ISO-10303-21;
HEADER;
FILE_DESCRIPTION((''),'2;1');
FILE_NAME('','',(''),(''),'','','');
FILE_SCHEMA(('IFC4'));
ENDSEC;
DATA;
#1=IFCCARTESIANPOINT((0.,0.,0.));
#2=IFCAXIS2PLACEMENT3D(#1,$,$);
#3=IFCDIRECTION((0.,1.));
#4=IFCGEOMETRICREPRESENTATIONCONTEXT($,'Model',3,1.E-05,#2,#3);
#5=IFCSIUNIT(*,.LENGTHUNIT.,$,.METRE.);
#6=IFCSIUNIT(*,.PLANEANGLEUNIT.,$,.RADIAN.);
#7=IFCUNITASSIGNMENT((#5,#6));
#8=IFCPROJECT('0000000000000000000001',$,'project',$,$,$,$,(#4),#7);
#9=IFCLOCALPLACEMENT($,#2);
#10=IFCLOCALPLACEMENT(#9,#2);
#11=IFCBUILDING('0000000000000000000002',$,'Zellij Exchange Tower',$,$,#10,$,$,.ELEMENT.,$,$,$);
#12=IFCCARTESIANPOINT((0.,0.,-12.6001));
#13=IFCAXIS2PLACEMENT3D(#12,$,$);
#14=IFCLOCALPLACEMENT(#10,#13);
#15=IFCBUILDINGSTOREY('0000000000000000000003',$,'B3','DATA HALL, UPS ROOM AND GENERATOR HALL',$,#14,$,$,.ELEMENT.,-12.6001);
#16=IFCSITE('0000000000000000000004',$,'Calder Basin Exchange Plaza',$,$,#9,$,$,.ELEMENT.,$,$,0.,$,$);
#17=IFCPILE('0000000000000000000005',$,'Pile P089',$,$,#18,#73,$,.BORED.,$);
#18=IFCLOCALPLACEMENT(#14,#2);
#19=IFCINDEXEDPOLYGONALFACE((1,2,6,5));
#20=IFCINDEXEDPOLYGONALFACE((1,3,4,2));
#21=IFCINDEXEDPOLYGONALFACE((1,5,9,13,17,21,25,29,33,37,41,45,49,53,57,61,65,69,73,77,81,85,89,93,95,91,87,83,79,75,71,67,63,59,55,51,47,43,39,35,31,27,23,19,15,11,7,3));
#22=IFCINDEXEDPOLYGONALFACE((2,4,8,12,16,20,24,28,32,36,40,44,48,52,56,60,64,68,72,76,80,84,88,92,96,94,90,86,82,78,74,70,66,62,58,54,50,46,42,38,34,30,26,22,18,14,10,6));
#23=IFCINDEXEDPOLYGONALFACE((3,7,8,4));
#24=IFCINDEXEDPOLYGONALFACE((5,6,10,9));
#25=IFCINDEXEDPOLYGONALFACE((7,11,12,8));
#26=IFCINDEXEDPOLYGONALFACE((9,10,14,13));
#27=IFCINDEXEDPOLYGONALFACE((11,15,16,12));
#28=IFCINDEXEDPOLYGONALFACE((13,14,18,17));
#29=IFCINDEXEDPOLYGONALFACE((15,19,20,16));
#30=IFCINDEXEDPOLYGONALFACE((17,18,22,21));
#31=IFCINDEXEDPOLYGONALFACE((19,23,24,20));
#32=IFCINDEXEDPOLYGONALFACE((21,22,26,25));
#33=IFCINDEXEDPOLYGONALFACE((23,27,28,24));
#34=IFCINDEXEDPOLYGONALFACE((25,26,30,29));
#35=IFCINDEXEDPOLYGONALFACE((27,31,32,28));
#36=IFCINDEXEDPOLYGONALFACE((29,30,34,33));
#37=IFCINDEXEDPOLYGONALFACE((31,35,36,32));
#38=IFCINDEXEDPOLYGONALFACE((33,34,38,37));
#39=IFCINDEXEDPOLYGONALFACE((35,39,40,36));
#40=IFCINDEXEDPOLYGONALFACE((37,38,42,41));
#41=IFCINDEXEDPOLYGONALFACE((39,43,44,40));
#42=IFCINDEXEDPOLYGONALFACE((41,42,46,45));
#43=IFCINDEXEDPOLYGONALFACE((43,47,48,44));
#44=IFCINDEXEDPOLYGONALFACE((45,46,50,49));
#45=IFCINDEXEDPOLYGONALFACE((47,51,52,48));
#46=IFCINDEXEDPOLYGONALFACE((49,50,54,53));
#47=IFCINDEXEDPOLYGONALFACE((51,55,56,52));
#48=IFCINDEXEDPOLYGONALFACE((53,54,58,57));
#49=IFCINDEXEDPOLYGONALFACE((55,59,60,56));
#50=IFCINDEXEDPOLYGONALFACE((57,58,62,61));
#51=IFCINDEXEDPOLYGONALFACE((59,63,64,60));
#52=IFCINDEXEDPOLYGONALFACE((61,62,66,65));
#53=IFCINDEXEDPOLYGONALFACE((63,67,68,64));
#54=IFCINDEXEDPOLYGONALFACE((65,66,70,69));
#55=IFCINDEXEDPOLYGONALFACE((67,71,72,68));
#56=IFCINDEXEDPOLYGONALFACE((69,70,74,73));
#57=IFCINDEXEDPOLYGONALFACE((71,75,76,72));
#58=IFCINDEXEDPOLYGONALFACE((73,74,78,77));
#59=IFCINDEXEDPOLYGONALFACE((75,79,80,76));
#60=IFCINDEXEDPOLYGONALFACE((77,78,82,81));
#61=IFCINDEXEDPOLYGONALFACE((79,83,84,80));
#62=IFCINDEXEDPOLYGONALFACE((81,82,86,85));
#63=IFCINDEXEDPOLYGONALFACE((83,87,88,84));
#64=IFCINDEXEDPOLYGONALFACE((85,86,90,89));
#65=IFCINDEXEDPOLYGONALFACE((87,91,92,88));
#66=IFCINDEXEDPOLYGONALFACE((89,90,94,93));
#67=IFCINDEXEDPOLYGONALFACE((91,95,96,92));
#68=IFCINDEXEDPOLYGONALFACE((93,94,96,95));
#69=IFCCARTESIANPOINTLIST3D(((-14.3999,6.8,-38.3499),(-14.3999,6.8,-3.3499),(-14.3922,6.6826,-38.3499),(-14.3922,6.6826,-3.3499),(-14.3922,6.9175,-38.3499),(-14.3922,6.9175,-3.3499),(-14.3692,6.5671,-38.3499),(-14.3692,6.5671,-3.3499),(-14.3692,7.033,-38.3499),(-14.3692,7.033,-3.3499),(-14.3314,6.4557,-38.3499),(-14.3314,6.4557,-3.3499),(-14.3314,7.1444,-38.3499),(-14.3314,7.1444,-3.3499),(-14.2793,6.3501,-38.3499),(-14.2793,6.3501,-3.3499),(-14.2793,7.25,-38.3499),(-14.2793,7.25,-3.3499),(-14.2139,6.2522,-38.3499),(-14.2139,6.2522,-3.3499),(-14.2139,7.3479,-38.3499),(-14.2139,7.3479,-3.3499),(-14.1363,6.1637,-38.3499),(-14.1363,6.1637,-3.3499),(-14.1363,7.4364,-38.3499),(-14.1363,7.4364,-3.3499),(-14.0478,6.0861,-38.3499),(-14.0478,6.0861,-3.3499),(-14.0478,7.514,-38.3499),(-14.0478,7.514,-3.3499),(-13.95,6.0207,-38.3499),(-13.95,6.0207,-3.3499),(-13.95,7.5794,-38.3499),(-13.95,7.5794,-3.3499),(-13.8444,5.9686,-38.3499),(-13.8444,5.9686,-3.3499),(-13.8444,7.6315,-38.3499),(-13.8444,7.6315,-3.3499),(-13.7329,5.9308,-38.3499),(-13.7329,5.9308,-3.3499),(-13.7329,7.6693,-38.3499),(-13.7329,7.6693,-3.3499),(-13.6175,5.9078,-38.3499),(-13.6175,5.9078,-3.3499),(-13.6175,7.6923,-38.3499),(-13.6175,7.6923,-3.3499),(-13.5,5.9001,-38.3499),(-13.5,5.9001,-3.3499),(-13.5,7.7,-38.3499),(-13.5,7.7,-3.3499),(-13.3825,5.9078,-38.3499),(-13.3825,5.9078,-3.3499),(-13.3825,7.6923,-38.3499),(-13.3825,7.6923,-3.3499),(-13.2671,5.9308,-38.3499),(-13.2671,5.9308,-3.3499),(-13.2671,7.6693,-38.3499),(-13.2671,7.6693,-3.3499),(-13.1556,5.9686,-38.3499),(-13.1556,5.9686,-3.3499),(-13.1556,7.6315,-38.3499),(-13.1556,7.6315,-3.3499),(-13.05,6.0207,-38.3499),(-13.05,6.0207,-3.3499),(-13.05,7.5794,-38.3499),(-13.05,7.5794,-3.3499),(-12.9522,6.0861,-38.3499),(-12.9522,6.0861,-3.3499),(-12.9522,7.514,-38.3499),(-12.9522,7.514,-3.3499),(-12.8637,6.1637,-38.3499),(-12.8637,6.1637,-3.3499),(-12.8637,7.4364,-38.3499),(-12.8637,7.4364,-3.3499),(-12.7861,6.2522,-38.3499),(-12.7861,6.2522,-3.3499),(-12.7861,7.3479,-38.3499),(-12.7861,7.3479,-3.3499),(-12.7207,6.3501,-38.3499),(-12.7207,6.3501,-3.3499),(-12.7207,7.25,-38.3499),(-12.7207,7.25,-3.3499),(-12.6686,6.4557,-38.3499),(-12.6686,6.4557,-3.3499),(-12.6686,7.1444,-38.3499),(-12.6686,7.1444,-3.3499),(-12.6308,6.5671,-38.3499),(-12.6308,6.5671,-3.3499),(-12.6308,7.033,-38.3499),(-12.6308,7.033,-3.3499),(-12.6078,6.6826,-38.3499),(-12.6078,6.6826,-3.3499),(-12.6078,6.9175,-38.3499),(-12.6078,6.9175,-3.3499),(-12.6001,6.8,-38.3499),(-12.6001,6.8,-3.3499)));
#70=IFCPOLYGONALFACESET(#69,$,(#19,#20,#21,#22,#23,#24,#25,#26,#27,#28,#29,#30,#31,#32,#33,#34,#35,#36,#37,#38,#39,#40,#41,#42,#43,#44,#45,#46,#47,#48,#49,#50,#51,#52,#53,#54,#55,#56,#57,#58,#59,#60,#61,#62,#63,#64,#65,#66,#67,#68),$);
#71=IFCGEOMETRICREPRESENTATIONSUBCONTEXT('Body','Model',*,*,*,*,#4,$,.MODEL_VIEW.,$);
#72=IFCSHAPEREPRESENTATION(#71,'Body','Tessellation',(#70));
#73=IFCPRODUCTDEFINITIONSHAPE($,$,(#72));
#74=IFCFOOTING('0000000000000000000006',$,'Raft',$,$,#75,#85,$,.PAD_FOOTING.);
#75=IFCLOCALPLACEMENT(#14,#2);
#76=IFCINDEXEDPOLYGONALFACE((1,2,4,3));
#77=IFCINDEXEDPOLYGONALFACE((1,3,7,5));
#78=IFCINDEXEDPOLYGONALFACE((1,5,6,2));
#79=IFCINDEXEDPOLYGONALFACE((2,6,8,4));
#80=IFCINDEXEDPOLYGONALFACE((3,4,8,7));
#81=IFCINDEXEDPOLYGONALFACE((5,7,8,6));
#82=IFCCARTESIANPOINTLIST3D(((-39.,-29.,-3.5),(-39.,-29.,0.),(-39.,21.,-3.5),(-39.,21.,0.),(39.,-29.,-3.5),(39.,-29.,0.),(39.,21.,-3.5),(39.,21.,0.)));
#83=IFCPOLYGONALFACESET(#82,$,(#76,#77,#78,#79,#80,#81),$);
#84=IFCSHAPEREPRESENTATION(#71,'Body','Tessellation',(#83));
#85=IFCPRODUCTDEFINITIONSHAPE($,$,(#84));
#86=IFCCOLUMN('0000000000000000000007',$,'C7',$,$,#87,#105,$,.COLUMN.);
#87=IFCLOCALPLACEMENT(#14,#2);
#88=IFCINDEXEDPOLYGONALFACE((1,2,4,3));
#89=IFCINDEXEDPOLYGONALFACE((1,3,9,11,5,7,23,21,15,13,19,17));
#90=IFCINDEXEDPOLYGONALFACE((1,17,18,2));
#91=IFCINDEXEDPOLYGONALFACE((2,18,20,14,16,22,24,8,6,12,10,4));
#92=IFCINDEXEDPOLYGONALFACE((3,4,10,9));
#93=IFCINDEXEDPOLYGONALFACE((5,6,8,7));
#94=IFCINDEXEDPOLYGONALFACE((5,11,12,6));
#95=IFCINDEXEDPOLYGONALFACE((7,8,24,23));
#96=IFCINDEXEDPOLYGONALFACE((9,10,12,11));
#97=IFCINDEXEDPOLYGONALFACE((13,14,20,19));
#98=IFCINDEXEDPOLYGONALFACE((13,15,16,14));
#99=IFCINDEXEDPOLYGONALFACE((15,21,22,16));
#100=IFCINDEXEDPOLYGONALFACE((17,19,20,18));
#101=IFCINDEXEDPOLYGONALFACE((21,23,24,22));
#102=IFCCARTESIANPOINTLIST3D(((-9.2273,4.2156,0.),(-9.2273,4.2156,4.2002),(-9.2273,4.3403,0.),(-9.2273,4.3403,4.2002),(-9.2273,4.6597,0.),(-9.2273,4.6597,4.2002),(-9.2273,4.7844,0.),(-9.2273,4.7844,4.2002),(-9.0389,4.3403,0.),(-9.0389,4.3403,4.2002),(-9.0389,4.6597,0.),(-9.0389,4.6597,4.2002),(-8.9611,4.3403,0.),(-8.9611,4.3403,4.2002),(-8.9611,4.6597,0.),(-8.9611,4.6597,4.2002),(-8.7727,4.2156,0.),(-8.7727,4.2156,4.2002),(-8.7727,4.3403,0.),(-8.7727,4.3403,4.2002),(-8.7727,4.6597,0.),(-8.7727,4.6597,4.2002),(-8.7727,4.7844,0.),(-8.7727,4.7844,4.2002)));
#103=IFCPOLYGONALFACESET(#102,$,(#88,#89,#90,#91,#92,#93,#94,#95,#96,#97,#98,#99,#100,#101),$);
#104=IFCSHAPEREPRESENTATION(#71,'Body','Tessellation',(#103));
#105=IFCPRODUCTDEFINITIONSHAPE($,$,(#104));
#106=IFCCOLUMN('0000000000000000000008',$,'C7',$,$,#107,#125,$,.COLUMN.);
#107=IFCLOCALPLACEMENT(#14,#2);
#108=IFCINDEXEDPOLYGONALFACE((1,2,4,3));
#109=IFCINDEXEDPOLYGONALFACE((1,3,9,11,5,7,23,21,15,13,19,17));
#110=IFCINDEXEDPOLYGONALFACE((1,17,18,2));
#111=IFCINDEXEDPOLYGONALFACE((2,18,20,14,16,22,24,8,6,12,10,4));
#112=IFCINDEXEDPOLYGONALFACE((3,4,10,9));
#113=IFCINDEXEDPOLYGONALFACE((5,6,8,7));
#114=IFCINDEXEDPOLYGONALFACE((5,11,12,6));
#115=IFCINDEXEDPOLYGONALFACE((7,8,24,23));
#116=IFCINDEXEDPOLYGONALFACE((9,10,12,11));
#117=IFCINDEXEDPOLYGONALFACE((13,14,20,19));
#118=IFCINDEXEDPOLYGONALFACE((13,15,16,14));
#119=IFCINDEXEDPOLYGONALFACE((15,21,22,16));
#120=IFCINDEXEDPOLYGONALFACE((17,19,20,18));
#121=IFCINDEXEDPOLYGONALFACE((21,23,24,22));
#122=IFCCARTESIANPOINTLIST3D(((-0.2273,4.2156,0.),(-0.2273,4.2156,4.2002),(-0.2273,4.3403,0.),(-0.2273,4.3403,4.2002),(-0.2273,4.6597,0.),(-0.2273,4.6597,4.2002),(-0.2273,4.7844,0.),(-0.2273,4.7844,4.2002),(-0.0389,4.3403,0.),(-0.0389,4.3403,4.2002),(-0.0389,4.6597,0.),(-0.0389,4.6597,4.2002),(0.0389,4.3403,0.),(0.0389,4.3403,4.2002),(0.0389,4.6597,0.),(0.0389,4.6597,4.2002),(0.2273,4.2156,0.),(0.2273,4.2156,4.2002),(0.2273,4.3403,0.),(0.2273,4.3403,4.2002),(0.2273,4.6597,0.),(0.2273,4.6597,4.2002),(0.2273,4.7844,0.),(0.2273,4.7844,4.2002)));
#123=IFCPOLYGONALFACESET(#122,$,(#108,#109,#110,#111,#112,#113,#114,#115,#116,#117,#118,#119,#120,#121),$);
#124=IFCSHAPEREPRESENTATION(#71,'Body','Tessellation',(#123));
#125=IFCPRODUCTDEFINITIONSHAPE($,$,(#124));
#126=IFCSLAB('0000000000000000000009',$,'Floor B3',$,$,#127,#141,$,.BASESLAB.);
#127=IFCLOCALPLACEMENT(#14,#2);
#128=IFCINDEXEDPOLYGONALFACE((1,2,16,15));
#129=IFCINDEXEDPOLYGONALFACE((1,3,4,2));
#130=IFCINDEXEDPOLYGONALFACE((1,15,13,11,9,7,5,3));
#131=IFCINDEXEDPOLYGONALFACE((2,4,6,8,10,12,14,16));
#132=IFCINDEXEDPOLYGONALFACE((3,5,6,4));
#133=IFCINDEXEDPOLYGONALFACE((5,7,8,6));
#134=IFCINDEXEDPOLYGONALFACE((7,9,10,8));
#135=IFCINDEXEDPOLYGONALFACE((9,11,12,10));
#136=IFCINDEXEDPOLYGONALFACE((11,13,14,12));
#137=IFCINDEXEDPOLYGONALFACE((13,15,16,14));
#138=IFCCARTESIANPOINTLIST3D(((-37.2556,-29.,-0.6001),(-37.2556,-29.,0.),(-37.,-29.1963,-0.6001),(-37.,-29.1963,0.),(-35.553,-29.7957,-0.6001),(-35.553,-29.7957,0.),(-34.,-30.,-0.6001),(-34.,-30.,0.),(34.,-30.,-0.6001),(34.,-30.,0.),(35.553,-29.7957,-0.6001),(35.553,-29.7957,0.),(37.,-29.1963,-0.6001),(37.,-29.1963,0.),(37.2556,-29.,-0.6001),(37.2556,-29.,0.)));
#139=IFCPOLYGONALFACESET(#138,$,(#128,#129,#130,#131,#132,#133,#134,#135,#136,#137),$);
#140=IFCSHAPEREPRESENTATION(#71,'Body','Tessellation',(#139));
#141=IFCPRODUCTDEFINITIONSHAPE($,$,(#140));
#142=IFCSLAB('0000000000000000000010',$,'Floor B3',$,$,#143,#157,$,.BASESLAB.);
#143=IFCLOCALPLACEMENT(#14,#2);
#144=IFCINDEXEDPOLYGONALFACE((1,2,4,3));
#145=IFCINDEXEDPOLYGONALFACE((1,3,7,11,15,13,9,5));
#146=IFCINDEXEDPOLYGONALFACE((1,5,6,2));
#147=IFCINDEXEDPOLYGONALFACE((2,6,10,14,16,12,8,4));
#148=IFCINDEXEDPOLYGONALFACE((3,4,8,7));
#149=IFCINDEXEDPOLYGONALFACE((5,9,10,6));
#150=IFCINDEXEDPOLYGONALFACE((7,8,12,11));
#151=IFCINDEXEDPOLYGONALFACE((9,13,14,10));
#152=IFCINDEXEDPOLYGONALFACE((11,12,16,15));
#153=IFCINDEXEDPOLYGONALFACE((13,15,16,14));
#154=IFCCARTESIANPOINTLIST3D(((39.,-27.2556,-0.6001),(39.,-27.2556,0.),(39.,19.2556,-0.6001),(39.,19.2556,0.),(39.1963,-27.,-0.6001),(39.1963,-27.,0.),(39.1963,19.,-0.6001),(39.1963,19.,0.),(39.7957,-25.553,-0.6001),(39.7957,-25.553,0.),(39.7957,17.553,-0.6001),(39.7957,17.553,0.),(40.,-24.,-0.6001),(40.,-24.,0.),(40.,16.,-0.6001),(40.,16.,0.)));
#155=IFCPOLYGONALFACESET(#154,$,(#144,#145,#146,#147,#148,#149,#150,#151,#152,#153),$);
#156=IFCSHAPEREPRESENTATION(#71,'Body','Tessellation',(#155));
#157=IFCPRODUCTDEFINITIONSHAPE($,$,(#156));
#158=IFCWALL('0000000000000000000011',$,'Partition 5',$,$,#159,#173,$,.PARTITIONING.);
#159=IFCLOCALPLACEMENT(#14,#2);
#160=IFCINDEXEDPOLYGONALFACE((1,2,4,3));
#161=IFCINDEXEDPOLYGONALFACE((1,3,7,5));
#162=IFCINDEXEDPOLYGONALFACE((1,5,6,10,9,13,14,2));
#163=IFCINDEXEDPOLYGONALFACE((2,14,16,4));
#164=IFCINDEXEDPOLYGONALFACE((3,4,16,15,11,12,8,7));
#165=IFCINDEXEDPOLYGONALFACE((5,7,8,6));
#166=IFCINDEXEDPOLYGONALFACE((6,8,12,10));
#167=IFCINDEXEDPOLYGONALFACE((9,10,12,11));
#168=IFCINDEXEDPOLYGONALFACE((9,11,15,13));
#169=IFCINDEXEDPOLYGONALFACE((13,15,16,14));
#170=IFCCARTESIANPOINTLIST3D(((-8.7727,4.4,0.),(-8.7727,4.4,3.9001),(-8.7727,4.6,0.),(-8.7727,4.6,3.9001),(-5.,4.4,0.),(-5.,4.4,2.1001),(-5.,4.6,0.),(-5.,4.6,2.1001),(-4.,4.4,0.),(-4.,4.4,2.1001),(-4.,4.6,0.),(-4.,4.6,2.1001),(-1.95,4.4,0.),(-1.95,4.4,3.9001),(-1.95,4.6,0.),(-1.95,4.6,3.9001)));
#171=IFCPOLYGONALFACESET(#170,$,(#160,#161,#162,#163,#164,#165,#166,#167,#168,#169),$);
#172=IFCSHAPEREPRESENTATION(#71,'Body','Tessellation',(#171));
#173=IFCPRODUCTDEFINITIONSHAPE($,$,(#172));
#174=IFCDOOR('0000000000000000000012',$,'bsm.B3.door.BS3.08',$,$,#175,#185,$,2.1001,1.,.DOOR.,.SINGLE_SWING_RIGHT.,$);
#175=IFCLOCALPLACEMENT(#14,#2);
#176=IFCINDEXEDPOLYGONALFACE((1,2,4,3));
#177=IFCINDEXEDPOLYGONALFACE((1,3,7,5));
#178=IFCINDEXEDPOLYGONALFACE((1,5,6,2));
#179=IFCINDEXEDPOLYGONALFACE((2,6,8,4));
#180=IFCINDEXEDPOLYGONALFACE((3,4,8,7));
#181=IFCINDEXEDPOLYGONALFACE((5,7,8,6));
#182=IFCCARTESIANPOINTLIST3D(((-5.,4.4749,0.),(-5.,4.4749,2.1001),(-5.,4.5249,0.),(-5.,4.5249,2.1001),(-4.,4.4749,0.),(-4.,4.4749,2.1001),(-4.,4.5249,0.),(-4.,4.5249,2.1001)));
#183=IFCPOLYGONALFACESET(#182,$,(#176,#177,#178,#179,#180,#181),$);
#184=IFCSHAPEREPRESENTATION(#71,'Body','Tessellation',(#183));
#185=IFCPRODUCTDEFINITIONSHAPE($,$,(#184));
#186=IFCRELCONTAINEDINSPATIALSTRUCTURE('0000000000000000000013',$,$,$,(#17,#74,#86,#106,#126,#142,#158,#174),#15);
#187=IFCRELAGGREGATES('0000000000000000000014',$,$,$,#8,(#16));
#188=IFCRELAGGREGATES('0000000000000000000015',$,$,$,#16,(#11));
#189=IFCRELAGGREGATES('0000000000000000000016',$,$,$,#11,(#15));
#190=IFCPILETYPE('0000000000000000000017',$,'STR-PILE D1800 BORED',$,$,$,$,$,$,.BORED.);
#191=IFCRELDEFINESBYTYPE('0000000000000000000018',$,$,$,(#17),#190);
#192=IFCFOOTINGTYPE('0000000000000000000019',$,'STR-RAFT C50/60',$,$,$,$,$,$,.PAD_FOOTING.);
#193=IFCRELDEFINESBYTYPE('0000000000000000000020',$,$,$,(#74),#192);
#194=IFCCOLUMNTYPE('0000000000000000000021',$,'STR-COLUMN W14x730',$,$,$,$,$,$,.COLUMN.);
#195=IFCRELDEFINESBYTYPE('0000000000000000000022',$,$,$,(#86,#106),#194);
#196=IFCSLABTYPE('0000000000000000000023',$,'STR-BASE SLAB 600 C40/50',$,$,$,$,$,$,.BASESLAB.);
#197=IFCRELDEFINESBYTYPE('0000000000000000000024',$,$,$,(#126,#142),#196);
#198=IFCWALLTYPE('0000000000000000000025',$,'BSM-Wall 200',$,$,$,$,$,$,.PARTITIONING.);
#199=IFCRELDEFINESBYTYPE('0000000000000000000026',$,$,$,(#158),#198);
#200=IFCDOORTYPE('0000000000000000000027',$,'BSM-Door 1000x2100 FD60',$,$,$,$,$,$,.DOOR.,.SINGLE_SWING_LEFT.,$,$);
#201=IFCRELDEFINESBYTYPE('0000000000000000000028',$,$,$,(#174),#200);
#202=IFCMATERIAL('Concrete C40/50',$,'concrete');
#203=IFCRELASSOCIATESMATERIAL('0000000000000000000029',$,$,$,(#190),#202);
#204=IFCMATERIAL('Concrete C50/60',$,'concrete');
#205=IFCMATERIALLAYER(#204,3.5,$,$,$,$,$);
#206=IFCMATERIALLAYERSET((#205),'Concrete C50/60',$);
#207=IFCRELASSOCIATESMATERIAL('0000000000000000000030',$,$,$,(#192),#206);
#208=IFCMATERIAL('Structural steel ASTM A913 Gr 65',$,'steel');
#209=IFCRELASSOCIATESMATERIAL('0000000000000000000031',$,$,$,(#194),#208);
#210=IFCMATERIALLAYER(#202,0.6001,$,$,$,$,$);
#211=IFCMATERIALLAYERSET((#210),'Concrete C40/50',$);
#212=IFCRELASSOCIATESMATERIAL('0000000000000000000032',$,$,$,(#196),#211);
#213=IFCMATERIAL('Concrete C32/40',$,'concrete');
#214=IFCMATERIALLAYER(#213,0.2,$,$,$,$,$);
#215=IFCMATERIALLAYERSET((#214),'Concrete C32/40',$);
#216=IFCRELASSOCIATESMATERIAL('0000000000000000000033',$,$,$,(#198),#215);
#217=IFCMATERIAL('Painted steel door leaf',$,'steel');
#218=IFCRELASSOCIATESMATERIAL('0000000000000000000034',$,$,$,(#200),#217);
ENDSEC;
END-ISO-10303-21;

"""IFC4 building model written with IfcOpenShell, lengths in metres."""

from ifc_helpers import new_model, si_unit, direction, frame, frame_2d, origin, origin_2d, place, context, subcontext, project, spatial, polyline, rectangle, circle, i_section, outline, extrude, material, layer, layer_set, material_profile, profile_set, type_object, element, fill, save


model = new_model("IFC4")

# Units and contexts
model_context = context("Model", 3, precision=1e-05, world=origin(), true_north=direction((0.0, 1.0)))
body_context = subcontext(model_context, "Body", "Model", "MODEL_VIEW")
ifc_project = project(units=[si_unit("LENGTHUNIT", "METRE"), si_unit("PLANEANGLEUNIT", "RADIAN")], contexts=[model_context])

# Site, building, storey
site_placement = place(None, origin())
site = spatial("IfcSite", under=ifc_project, at=site_placement, Name="Calder Basin Exchange Plaza", CompositionType="ELEMENT", RefElevation=0.0)
building_placement = place(site_placement, origin())
building = spatial("IfcBuilding", under=site, at=building_placement, Name="Zellij Exchange Tower", CompositionType="ELEMENT")
storey_placement = place(building_placement, frame((0.0, 0.0, -12.6001)))
storey = spatial("IfcBuildingStorey", under=building, at=storey_placement, Name="B3", Description="DATA HALL, UPS ROOM AND GENERATOR HALL", CompositionType="ELEMENT", Elevation=-12.6001)

# Pile
ifc_material_1 = material(Name="Concrete C40/50", Category="concrete")
ifc_material_profile_1 = material_profile(ifc_material_1, circle(Radius=0.8999, at=origin_2d()), Name="STR-PILE D1800 BORED")
ifc_profile_set_1 = profile_set([ifc_material_profile_1], Name="Concrete C40/50")
pile_type = type_object("IfcPileType", Name="STR-PILE D1800 BORED", PredefinedType="BORED", material=ifc_profile_set_1)
for number, where, z_axis, x_axis, name in (
    (1, (-13.5, 6.8, -3.3499), (0.0, 0.0, -1.0), (1.0, 0.0, 0.0), "Pile P089"),
):
    element("IfcPile", number, at=place(storey_placement, frame(where, z_axis=z_axis, x_axis=x_axis)), inside=storey, type_object=pile_type, Name=name, PredefinedType="BORED", context=body_context, shape_type="SweptSolid", body=[
        extrude(circle(Radius=0.8999, at=origin_2d()), origin(), (0.0, 0.0, 1.0), 35.0),
    ])

# Footing
ifc_material_2 = material(Name="Concrete C50/60", Category="concrete")
ifc_layer_1 = layer(ifc_material_2, 3.5)
ifc_layer_set_1 = layer_set([ifc_layer_1], Name="Concrete C50/60")
footing_type = type_object("IfcFootingType", Name="STR-RAFT C50/60", PredefinedType="PAD_FOOTING", material=ifc_layer_set_1)
footing_placement = place(storey_placement, frame((0.0, -4.0, -3.5), z_axis=(0.0, 0.0, 1.0), x_axis=(1.0, 0.0, 0.0)))
element("IfcFooting", 2, at=footing_placement, inside=storey, type_object=footing_type, Name="Raft", PredefinedType="PAD_FOOTING", context=body_context, shape_type="SweptSolid", body=[
    extrude(rectangle(XDim=78.0, YDim=50.0, at=origin_2d()), origin(), (0.0, 0.0, 1.0), 3.5),
])

# Columns
ifc_material_3 = material(Name="Structural steel ASTM A913 Gr 65", Category="steel")
ifc_material_profile_2 = material_profile(ifc_material_3, i_section(OverallWidth=0.4546, OverallDepth=0.5688, WebThickness=0.0779, FlangeThickness=0.1248, at=origin_2d()), Name="W14x730")
ifc_profile_set_2 = profile_set([ifc_material_profile_2], Name="Structural steel ASTM A913 Gr 65")
column_type = type_object("IfcColumnType", Name="STR-COLUMN W14x730", PredefinedType="COLUMN", material=ifc_profile_set_2)
for number, where, z_axis, x_axis, name in (
    (3, (-9.0, 4.5, 0.0), (0.0, 0.0, 1.0), (1.0, 0.0, 0.0), "C7"),
    (4, (0.0, 4.5, 0.0), (0.0, 0.0, 1.0), (1.0, 0.0, 0.0), "C7"),
):
    element("IfcColumn", number, at=place(storey_placement, frame(where, z_axis=z_axis, x_axis=x_axis)), inside=storey, type_object=column_type, Name=name, PredefinedType="COLUMN", context=body_context, shape_type="SweptSolid", body=[
        extrude(i_section(OverallWidth=0.4546, OverallDepth=0.5688, WebThickness=0.0779, FlangeThickness=0.1248, at=origin_2d()), origin(), (0.0, 0.0, 1.0), 4.2002),
    ])

# Slabs
ifc_layer_2 = layer(ifc_material_1, 0.6001)
ifc_layer_set_2 = layer_set([ifc_layer_2], Name="Concrete C40/50")
slab_type = type_object("IfcSlabType", Name="STR-BASE SLAB 600 C40/50", PredefinedType="BASESLAB", material=ifc_layer_set_2)
slab_1_placement = place(storey_placement, frame((0.0, 0.0, -0.6001)))
element("IfcSlab", 5, at=slab_1_placement, inside=storey, type_object=slab_type, Name="Floor B3", PredefinedType="BASESLAB", context=body_context, shape_type="SweptSolid", body=[
    extrude(outline(polyline([(37.0, -29.1963), (35.553, -29.7957), (34.0, -30.0), (-34.0, -30.0), (-35.553, -29.7957), (-37.0, -29.1963), (-37.2556, -29.0), (37.2556, -29.0), (37.0, -29.1963)])), origin(), (0.0, 0.0, 1.0), 0.6001),
])
slab_2_placement = place(storey_placement, frame((0.0, 0.0, -0.6001)))
element("IfcSlab", 6, at=slab_2_placement, inside=storey, type_object=slab_type, Name="Floor B3", PredefinedType="BASESLAB", context=body_context, shape_type="SweptSolid", body=[
    extrude(outline(polyline([(39.1963, 19.0), (39.7957, 17.553), (40.0, 16.0), (40.0, -24.0), (39.7957, -25.553), (39.1963, -27.0), (39.0, -27.2556), (39.0, 19.2556), (39.1963, 19.0)])), origin(), (0.0, 0.0, 1.0), 0.6001),
])

# Wall, opening, door
ifc_material_4 = material(Name="Concrete C32/40", Category="concrete")
ifc_layer_3 = layer(ifc_material_4, 0.2)
ifc_layer_set_3 = layer_set([ifc_layer_3], Name="Concrete C32/40")
wall_type_1 = type_object("IfcWallType", Name="BSM-Wall 200", PredefinedType="PARTITIONING", material=ifc_layer_set_3)
wall_1_placement = place(storey_placement, frame((-8.7727, 4.5, 0.0), z_axis=(0.0, 0.0, 1.0), x_axis=(1.0, 0.0, 0.0)))
wall_1 = element("IfcWall", 7, at=wall_1_placement, inside=storey, type_object=wall_type_1, Name="Partition 5", PredefinedType="PARTITIONING", context=body_context, shape_type="SweptSolid", body=[
    extrude(rectangle(XDim=6.8228, YDim=0.2, at=frame_2d((3.4114, 0.0))), origin(), (0.0, 0.0, 1.0), 3.9001),
])
opening_placement = place(wall_1_placement, frame((3.7727, 0.0, 0.0)))
opening = element("IfcOpeningElement", 8, at=opening_placement, cuts=wall_1, PredefinedType="OPENING", context=body_context, shape_type="SweptSolid", body=[
    extrude(rectangle(XDim=1.0, YDim=2.1001, at=frame_2d((0.5, 1.05))), frame((0.0, 0.1118, 0.0), z_axis=(0.0, -1.0, 0.0), x_axis=(1.0, 0.0, 0.0)), (0.0, 0.0, 1.0), 0.2239),
])
ifc_material_5 = material(Name="Painted steel door leaf", Category="steel")
door_type = type_object("IfcDoorType", Name="BSM-Door 1000x2100 FD60", OperationType="SINGLE_SWING_LEFT", PredefinedType="DOOR", material=ifc_material_5)
door_placement = place(opening_placement, origin())
door = element("IfcDoor", 9, at=door_placement, inside=storey, type_object=door_type, Name="bsm.B3.door.BS3.08", OperationType="SINGLE_SWING_RIGHT", OverallHeight=2.1001, OverallWidth=1.0, PredefinedType="DOOR", context=body_context, shape_type="SweptSolid", body=[
    extrude(rectangle(XDim=1.0, YDim=2.1001, at=frame_2d((0.5, 1.05))), frame((0.0, 0.0249, 0.0), z_axis=(0.0, -1.0, 0.0), x_axis=(1.0, 0.0, 0.0)), (0.0, 0.0, 1.0), 0.05),
])
fill(opening, door)

save(model, "model.ifc")
